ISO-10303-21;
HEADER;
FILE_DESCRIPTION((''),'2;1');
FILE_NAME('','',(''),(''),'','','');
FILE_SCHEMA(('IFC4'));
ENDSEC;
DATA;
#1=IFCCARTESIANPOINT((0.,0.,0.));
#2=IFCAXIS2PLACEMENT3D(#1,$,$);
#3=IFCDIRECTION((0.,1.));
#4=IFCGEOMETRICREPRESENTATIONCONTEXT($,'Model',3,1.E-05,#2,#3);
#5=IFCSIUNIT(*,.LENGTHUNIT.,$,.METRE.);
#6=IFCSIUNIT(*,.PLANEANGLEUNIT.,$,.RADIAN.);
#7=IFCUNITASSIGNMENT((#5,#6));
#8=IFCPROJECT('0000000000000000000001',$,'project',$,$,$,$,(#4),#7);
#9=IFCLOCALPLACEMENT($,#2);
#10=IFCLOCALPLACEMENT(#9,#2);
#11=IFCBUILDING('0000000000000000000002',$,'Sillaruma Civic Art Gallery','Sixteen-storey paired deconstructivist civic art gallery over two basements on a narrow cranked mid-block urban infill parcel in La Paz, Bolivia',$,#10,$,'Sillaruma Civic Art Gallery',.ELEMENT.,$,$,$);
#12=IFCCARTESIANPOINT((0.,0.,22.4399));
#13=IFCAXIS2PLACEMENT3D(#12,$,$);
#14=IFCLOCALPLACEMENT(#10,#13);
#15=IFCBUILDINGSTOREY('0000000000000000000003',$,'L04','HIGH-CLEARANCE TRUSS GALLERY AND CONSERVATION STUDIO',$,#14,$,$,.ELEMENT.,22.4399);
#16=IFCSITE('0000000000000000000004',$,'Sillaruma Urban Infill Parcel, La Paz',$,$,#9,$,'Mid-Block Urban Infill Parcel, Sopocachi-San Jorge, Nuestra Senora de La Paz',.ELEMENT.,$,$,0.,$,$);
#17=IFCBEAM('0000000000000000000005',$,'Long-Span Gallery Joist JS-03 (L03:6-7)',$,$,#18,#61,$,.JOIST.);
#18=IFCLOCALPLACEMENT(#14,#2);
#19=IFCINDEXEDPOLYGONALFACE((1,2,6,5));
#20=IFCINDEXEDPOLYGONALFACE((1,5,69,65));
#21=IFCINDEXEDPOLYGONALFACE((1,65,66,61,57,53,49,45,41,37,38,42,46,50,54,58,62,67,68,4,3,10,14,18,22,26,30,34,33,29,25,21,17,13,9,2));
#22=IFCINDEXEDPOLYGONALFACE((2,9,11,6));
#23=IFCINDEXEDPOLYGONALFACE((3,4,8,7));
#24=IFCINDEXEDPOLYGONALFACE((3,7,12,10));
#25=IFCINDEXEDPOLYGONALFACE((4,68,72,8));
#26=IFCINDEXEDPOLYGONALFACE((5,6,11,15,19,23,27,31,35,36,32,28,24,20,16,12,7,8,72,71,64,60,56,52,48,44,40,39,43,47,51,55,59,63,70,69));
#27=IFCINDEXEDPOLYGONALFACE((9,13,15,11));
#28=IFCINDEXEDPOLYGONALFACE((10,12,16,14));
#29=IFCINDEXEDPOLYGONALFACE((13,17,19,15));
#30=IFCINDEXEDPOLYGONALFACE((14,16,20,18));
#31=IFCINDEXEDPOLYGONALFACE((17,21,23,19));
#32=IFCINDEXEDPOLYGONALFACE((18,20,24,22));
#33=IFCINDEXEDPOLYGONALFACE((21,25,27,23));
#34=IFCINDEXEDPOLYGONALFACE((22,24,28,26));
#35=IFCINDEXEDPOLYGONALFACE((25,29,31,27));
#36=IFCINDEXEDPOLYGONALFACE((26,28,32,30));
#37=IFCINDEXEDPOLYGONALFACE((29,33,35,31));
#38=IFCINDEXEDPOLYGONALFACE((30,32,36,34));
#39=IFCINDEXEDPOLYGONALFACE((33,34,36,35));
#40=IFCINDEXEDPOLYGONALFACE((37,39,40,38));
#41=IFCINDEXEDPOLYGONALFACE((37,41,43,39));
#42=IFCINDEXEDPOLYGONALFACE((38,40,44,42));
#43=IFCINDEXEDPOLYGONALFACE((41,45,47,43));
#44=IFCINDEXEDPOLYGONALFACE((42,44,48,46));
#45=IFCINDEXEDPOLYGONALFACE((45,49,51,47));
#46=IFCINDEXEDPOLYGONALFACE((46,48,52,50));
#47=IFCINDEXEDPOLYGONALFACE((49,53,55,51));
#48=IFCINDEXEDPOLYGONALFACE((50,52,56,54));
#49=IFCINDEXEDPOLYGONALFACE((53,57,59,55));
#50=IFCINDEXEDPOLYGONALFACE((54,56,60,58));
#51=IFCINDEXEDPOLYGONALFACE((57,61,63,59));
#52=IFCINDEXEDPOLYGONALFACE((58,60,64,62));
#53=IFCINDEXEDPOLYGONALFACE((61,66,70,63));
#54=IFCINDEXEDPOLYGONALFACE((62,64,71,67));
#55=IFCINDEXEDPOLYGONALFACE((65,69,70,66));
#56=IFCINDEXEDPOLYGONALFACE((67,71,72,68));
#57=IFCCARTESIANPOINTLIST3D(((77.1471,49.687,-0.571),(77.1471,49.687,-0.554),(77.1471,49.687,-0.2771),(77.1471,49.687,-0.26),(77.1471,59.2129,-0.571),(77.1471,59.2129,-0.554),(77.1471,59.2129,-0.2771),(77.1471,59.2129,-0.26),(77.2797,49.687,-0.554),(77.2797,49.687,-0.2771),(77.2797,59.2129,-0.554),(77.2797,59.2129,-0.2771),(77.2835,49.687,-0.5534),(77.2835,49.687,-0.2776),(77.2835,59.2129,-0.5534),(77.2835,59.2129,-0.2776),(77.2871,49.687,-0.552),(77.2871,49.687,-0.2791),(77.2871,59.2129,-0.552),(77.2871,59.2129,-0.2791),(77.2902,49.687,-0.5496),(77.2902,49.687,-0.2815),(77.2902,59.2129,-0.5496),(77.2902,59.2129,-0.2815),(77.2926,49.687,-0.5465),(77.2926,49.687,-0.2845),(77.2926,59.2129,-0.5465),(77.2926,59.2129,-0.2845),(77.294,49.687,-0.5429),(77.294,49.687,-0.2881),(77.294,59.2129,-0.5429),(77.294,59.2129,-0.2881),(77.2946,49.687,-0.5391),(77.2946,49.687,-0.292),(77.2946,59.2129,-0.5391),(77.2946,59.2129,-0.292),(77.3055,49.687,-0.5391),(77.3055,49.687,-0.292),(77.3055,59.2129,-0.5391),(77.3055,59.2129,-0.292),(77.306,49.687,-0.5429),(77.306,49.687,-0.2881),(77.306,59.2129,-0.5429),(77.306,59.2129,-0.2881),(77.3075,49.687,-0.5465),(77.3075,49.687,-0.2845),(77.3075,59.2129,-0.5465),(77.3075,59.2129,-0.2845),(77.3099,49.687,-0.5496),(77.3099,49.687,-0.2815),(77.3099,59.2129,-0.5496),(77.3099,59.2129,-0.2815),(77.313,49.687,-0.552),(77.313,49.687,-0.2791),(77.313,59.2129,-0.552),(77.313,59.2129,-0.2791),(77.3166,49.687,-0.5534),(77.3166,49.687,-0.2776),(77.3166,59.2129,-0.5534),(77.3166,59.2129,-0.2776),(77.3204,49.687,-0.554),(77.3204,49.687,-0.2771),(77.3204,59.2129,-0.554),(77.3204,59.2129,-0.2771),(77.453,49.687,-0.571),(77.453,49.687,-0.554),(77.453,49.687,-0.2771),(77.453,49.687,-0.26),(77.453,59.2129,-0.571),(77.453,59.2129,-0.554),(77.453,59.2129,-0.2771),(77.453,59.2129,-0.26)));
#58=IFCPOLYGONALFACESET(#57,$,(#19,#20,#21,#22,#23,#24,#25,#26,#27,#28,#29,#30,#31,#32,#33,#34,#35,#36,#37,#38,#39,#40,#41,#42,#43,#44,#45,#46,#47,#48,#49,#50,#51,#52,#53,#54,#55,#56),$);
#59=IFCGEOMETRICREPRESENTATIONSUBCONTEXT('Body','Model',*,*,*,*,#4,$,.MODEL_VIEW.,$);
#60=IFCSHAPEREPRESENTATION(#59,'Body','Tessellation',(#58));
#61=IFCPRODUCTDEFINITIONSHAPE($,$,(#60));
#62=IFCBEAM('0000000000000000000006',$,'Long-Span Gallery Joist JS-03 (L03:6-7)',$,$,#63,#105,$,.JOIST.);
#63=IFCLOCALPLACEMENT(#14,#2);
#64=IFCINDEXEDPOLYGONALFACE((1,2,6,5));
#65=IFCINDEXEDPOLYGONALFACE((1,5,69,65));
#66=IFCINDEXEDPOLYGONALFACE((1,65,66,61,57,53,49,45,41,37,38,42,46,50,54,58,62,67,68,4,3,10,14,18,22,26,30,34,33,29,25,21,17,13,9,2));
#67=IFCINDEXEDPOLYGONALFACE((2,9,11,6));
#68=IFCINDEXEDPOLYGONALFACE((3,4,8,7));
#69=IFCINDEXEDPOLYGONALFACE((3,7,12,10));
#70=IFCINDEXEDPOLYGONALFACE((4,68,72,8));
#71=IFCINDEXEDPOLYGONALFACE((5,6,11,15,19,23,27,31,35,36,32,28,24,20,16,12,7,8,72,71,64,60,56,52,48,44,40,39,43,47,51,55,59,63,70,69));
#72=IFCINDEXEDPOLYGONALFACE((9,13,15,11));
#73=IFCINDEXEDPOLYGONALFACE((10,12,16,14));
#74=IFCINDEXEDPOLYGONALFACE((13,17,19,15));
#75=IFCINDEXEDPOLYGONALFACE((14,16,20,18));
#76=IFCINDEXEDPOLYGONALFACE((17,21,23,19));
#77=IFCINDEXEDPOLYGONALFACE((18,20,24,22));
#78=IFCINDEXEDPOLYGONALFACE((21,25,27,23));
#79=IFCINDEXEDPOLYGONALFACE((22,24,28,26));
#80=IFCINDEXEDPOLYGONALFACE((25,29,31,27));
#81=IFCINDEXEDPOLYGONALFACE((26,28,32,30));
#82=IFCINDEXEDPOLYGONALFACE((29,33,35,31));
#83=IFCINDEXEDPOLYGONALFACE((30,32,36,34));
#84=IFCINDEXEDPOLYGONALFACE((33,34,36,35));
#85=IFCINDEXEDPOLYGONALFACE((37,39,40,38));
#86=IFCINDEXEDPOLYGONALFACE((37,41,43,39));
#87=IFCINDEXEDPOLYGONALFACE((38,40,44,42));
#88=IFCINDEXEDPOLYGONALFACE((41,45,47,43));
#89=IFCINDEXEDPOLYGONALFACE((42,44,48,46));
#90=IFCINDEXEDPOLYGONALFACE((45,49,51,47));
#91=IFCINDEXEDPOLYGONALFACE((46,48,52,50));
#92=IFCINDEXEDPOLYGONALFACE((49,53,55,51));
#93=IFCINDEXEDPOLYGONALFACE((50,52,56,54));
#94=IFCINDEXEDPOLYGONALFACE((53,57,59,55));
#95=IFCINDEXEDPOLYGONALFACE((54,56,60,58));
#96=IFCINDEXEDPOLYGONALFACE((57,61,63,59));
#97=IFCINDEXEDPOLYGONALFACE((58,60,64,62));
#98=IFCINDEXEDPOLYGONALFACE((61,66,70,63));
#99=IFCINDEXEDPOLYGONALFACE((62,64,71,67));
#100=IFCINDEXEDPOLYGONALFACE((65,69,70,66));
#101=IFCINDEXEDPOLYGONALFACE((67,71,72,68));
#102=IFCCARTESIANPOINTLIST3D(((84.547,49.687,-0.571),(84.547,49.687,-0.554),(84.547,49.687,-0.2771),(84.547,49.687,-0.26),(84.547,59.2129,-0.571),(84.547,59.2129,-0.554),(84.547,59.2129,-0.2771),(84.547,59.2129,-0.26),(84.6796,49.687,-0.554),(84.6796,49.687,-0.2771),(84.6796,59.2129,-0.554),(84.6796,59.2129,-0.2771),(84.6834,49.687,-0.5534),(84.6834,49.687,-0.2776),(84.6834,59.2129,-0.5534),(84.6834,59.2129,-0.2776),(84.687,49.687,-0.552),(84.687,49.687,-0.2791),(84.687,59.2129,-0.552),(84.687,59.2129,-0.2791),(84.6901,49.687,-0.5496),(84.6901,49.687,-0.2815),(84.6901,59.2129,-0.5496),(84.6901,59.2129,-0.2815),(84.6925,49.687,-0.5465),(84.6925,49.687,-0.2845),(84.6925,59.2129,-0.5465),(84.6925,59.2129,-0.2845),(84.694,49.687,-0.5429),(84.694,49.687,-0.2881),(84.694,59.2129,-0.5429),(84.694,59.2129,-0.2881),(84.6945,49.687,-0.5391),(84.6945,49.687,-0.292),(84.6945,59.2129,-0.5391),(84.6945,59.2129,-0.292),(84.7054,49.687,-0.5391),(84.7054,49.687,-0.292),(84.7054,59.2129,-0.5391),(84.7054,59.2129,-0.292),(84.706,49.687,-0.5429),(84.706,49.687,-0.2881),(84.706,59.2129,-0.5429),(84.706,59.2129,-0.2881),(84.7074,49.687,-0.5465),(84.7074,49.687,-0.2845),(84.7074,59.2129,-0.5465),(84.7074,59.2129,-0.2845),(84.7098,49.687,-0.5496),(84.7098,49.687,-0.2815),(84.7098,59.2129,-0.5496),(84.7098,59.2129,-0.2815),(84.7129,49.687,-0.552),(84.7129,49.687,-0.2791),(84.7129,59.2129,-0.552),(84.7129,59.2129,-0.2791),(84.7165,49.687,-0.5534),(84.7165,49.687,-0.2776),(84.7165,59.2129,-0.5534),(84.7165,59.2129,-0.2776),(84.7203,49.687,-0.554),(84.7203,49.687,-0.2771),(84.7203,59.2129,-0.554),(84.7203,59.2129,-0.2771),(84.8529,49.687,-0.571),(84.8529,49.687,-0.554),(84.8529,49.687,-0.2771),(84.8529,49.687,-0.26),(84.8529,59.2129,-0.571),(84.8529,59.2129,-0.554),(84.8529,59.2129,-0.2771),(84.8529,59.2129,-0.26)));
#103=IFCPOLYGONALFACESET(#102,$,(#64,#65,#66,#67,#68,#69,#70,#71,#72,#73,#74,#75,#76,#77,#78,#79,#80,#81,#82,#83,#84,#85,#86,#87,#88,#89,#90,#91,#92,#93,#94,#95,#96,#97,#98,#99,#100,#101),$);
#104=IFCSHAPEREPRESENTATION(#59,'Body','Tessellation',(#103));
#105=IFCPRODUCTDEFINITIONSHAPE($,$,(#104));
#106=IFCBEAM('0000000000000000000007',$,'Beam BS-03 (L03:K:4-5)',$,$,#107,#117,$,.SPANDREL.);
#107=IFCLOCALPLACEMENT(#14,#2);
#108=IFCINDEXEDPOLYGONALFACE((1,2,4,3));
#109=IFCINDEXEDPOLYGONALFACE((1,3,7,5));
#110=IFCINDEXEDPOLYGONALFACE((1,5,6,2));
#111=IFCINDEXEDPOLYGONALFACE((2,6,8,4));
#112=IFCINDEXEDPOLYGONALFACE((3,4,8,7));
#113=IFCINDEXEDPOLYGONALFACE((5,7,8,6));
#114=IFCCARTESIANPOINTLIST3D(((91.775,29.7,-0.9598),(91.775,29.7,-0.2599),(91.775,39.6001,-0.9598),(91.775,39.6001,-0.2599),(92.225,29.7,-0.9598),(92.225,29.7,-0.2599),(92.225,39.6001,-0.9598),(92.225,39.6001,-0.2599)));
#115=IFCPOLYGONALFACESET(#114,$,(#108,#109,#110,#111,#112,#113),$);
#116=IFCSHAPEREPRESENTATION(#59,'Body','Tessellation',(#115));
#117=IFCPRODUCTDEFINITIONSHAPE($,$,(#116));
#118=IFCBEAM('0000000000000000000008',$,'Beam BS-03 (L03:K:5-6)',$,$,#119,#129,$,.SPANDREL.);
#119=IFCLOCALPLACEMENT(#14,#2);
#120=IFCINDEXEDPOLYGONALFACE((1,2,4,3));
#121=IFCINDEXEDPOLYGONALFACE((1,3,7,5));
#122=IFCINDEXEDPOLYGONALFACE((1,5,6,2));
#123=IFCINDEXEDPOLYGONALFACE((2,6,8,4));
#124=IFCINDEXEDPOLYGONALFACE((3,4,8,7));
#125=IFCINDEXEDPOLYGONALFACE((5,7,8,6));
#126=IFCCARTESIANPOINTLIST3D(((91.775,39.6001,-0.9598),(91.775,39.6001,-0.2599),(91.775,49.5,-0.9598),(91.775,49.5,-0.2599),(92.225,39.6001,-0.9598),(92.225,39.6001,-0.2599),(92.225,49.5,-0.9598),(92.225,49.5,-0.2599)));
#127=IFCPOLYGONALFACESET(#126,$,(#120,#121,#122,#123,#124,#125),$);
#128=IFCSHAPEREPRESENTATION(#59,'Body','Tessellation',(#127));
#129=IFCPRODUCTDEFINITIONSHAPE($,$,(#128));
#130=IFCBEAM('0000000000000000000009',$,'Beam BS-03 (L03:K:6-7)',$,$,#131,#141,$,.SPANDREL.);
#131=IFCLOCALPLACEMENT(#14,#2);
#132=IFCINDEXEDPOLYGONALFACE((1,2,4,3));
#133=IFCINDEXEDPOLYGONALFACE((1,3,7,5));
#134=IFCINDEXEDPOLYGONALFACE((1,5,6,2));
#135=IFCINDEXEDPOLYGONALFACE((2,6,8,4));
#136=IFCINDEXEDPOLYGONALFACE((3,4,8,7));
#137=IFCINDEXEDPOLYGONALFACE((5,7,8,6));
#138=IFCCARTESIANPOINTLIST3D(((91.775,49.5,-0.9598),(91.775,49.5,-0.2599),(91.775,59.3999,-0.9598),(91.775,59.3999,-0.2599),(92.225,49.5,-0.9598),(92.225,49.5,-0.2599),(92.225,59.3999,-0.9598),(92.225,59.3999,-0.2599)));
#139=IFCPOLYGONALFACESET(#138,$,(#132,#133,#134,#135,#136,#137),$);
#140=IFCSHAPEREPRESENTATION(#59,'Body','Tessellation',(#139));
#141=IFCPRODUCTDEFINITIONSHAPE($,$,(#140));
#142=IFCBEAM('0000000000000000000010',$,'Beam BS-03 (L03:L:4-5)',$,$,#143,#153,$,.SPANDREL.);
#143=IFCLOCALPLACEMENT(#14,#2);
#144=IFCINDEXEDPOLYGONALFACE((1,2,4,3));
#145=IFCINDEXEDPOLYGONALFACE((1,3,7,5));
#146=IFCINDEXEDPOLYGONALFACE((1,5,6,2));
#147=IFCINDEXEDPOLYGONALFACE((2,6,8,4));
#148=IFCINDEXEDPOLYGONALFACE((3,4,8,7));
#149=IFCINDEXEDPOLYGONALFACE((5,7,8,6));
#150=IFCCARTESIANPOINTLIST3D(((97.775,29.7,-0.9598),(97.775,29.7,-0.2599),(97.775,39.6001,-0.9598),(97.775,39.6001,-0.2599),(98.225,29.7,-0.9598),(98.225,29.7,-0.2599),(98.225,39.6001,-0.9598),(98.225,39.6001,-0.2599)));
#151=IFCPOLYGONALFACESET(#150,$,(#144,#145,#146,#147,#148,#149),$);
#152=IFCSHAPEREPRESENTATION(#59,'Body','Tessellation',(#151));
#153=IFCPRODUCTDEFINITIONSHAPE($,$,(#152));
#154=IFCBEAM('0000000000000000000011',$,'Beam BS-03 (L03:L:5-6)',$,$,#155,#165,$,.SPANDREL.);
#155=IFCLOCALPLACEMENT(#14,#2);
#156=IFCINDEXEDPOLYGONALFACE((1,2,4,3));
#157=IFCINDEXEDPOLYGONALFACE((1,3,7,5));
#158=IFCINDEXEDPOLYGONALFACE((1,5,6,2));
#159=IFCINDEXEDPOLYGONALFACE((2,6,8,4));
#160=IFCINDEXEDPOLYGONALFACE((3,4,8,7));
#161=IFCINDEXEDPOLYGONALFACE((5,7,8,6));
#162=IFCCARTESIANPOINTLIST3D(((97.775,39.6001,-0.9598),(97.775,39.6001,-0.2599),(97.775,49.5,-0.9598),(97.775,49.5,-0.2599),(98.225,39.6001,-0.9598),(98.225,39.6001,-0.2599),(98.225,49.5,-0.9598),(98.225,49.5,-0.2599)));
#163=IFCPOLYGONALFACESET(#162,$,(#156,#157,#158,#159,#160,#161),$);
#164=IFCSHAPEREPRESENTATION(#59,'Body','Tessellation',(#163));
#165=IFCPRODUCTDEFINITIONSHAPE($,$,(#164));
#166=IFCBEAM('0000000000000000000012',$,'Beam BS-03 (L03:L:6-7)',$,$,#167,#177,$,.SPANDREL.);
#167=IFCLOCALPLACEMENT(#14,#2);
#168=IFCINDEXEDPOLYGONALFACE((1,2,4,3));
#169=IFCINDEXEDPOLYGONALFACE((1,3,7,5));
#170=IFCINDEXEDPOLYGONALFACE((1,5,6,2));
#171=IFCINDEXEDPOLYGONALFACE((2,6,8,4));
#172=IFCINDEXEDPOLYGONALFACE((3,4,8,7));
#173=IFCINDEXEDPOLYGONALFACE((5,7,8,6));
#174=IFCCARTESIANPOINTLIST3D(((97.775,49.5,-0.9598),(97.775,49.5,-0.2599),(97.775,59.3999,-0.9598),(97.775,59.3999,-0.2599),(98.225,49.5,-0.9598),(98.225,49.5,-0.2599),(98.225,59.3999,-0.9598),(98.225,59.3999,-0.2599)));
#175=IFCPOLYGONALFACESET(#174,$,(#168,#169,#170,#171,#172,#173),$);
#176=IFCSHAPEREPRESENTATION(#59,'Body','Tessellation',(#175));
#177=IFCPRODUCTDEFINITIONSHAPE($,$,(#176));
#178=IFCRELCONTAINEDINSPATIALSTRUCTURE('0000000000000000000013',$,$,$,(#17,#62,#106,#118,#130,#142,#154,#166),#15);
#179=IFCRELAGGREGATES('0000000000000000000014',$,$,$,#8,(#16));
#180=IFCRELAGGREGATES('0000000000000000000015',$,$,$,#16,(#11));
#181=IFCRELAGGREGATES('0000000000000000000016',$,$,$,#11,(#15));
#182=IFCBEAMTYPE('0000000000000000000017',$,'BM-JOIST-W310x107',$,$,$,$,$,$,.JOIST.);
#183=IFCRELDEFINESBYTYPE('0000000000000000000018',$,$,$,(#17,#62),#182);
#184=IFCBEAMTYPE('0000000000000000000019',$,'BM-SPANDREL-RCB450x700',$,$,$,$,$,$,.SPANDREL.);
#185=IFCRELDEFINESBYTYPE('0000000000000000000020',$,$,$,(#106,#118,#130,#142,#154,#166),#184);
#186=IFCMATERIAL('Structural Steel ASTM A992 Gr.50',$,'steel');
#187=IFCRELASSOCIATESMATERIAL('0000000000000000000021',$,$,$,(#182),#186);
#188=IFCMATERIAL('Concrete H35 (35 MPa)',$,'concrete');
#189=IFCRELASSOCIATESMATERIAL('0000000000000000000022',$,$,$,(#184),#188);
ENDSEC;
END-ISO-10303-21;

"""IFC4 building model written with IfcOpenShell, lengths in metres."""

from ifc_helpers import new_model, si_unit, direction, frame, origin, origin_2d, place, context, subcontext, project, spatial, rectangle, i_section, extrude, material, material_profile, profile_set, type_object, element, save


model = new_model("IFC4")

# Units and contexts
model_context = context("Model", 3, precision=1e-05, world=origin(), true_north=direction((0.0, 1.0)))
body_context = subcontext(model_context, "Body", "Model", "MODEL_VIEW")
ifc_project = project(units=[si_unit("LENGTHUNIT", "METRE"), si_unit("PLANEANGLEUNIT", "RADIAN")], contexts=[model_context])

# Site, building, storey
site_placement = place(None, origin())
site = spatial("IfcSite", under=ifc_project, at=site_placement, Name="Sillaruma Urban Infill Parcel, La Paz", LongName="Mid-Block Urban Infill Parcel, Sopocachi-San Jorge, Nuestra Senora de La Paz", CompositionType="ELEMENT", RefElevation=0.0)
building_placement = place(site_placement, origin())
building = spatial("IfcBuilding", under=site, at=building_placement, Name="Sillaruma Civic Art Gallery", Description="Sixteen-storey paired deconstructivist civic art gallery over two basements on a narrow cranked mid-block urban infill parcel in La Paz, Bolivia", LongName="Sillaruma Civic Art Gallery", CompositionType="ELEMENT")
storey_placement = place(building_placement, frame((0.0, 0.0, 22.4399)))
storey = spatial("IfcBuildingStorey", under=building, at=storey_placement, Name="L04", Description="HIGH-CLEARANCE TRUSS GALLERY AND CONSERVATION STUDIO", CompositionType="ELEMENT", Elevation=22.4399)

# Beams
ifc_material_1 = material(Name="Concrete H35 (35 MPa)", Category="concrete")
ifc_material_2 = material(Name="Structural Steel ASTM A992 Gr.50", Category="steel")
ifc_material_profile_1 = material_profile(ifc_material_2, i_section(OverallWidth=0.3059, OverallDepth=0.311, WebThickness=0.011, FlangeThickness=0.0171, FilletRadius=0.0149, at=origin_2d()), Name="W310x107")
ifc_profile_set_1 = profile_set([ifc_material_profile_1], Name="Structural Steel ASTM A992 Gr.50")
beam_type_1 = type_object("IfcBeamType", Name="BM-JOIST-W310x107", PredefinedType="JOIST", material=ifc_profile_set_1)
for number, where, z_axis, x_axis, name in (
    (1, (77.3, 49.687, -0.4155), (0.0, 1.0, 0.0), (-1.0, 0.0, 0.0), "Long-Span Gallery Joist JS-03 (L03:6-7)"),
    (2, (84.7, 49.687, -0.4155), (0.0, 1.0, 0.0), (-1.0, 0.0, 0.0), "Long-Span Gallery Joist JS-03 (L03:6-7)"),
):
    element("IfcBeam", number, at=place(storey_placement, frame(where, z_axis=z_axis, x_axis=x_axis)), inside=storey, type_object=beam_type_1, Name=name, PredefinedType="JOIST", context=body_context, shape_type="SweptSolid", body=[
        extrude(i_section(OverallWidth=0.3059, OverallDepth=0.311, WebThickness=0.011, FlangeThickness=0.0171, FilletRadius=0.0149, at=origin_2d()), origin(), (0.0, 0.0, 1.0), 9.5259),
    ])
ifc_material_profile_2 = material_profile(ifc_material_1, rectangle(XDim=0.45, YDim=0.7, at=origin_2d()), Name="RCB450x700")
ifc_profile_set_2 = profile_set([ifc_material_profile_2], Name="Concrete H35 (35 MPa)")
beam_type_2 = type_object("IfcBeamType", Name="BM-SPANDREL-RCB450x700", PredefinedType="SPANDREL", material=ifc_profile_set_2)
beam_1_placement = place(storey_placement, frame((92.0, 29.7, -0.6099), z_axis=(0.0, 1.0, 0.0), x_axis=(-1.0, 0.0, 0.0)))
element("IfcBeam", 3, at=beam_1_placement, inside=storey, type_object=beam_type_2, Name="Beam BS-03 (L03:K:4-5)", PredefinedType="SPANDREL", context=body_context, shape_type="SweptSolid", body=[
    extrude(rectangle(XDim=0.45, YDim=0.7, at=origin_2d()), origin(), (0.0, 0.0, 1.0), 9.9001),
])
for number, where, z_axis, x_axis, name in (
    (4, (92.0, 39.6001, -0.6099), (0.0, 1.0, 0.0), (-1.0, 0.0, 0.0), "Beam BS-03 (L03:K:5-6)"),
    (5, (92.0, 49.5, -0.6099), (0.0, 1.0, 0.0), (-1.0, 0.0, 0.0), "Beam BS-03 (L03:K:6-7)"),
):
    element("IfcBeam", number, at=place(storey_placement, frame(where, z_axis=z_axis, x_axis=x_axis)), inside=storey, type_object=beam_type_2, Name=name, PredefinedType="SPANDREL", context=body_context, shape_type="SweptSolid", body=[
        extrude(rectangle(XDim=0.45, YDim=0.7, at=origin_2d()), origin(), (0.0, 0.0, 1.0), 9.8999),
    ])
beam_2_placement = place(storey_placement, frame((98.0, 29.7, -0.6099), z_axis=(0.0, 1.0, 0.0), x_axis=(-1.0, 0.0, 0.0)))
element("IfcBeam", 6, at=beam_2_placement, inside=storey, type_object=beam_type_2, Name="Beam BS-03 (L03:L:4-5)", PredefinedType="SPANDREL", context=body_context, shape_type="SweptSolid", body=[
    extrude(rectangle(XDim=0.45, YDim=0.7, at=origin_2d()), origin(), (0.0, 0.0, 1.0), 9.9001),
])
for number, where, z_axis, x_axis, name in (
    (7, (98.0, 39.6001, -0.6099), (0.0, 1.0, 0.0), (-1.0, 0.0, 0.0), "Beam BS-03 (L03:L:5-6)"),
    (8, (98.0, 49.5, -0.6099), (0.0, 1.0, 0.0), (-1.0, 0.0, 0.0), "Beam BS-03 (L03:L:6-7)"),
):
    element("IfcBeam", number, at=place(storey_placement, frame(where, z_axis=z_axis, x_axis=x_axis)), inside=storey, type_object=beam_type_2, Name=name, PredefinedType="SPANDREL", context=body_context, shape_type="SweptSolid", body=[
        extrude(rectangle(XDim=0.45, YDim=0.7, at=origin_2d()), origin(), (0.0, 0.0, 1.0), 9.8999),
    ])

save(model, "model.ifc")
